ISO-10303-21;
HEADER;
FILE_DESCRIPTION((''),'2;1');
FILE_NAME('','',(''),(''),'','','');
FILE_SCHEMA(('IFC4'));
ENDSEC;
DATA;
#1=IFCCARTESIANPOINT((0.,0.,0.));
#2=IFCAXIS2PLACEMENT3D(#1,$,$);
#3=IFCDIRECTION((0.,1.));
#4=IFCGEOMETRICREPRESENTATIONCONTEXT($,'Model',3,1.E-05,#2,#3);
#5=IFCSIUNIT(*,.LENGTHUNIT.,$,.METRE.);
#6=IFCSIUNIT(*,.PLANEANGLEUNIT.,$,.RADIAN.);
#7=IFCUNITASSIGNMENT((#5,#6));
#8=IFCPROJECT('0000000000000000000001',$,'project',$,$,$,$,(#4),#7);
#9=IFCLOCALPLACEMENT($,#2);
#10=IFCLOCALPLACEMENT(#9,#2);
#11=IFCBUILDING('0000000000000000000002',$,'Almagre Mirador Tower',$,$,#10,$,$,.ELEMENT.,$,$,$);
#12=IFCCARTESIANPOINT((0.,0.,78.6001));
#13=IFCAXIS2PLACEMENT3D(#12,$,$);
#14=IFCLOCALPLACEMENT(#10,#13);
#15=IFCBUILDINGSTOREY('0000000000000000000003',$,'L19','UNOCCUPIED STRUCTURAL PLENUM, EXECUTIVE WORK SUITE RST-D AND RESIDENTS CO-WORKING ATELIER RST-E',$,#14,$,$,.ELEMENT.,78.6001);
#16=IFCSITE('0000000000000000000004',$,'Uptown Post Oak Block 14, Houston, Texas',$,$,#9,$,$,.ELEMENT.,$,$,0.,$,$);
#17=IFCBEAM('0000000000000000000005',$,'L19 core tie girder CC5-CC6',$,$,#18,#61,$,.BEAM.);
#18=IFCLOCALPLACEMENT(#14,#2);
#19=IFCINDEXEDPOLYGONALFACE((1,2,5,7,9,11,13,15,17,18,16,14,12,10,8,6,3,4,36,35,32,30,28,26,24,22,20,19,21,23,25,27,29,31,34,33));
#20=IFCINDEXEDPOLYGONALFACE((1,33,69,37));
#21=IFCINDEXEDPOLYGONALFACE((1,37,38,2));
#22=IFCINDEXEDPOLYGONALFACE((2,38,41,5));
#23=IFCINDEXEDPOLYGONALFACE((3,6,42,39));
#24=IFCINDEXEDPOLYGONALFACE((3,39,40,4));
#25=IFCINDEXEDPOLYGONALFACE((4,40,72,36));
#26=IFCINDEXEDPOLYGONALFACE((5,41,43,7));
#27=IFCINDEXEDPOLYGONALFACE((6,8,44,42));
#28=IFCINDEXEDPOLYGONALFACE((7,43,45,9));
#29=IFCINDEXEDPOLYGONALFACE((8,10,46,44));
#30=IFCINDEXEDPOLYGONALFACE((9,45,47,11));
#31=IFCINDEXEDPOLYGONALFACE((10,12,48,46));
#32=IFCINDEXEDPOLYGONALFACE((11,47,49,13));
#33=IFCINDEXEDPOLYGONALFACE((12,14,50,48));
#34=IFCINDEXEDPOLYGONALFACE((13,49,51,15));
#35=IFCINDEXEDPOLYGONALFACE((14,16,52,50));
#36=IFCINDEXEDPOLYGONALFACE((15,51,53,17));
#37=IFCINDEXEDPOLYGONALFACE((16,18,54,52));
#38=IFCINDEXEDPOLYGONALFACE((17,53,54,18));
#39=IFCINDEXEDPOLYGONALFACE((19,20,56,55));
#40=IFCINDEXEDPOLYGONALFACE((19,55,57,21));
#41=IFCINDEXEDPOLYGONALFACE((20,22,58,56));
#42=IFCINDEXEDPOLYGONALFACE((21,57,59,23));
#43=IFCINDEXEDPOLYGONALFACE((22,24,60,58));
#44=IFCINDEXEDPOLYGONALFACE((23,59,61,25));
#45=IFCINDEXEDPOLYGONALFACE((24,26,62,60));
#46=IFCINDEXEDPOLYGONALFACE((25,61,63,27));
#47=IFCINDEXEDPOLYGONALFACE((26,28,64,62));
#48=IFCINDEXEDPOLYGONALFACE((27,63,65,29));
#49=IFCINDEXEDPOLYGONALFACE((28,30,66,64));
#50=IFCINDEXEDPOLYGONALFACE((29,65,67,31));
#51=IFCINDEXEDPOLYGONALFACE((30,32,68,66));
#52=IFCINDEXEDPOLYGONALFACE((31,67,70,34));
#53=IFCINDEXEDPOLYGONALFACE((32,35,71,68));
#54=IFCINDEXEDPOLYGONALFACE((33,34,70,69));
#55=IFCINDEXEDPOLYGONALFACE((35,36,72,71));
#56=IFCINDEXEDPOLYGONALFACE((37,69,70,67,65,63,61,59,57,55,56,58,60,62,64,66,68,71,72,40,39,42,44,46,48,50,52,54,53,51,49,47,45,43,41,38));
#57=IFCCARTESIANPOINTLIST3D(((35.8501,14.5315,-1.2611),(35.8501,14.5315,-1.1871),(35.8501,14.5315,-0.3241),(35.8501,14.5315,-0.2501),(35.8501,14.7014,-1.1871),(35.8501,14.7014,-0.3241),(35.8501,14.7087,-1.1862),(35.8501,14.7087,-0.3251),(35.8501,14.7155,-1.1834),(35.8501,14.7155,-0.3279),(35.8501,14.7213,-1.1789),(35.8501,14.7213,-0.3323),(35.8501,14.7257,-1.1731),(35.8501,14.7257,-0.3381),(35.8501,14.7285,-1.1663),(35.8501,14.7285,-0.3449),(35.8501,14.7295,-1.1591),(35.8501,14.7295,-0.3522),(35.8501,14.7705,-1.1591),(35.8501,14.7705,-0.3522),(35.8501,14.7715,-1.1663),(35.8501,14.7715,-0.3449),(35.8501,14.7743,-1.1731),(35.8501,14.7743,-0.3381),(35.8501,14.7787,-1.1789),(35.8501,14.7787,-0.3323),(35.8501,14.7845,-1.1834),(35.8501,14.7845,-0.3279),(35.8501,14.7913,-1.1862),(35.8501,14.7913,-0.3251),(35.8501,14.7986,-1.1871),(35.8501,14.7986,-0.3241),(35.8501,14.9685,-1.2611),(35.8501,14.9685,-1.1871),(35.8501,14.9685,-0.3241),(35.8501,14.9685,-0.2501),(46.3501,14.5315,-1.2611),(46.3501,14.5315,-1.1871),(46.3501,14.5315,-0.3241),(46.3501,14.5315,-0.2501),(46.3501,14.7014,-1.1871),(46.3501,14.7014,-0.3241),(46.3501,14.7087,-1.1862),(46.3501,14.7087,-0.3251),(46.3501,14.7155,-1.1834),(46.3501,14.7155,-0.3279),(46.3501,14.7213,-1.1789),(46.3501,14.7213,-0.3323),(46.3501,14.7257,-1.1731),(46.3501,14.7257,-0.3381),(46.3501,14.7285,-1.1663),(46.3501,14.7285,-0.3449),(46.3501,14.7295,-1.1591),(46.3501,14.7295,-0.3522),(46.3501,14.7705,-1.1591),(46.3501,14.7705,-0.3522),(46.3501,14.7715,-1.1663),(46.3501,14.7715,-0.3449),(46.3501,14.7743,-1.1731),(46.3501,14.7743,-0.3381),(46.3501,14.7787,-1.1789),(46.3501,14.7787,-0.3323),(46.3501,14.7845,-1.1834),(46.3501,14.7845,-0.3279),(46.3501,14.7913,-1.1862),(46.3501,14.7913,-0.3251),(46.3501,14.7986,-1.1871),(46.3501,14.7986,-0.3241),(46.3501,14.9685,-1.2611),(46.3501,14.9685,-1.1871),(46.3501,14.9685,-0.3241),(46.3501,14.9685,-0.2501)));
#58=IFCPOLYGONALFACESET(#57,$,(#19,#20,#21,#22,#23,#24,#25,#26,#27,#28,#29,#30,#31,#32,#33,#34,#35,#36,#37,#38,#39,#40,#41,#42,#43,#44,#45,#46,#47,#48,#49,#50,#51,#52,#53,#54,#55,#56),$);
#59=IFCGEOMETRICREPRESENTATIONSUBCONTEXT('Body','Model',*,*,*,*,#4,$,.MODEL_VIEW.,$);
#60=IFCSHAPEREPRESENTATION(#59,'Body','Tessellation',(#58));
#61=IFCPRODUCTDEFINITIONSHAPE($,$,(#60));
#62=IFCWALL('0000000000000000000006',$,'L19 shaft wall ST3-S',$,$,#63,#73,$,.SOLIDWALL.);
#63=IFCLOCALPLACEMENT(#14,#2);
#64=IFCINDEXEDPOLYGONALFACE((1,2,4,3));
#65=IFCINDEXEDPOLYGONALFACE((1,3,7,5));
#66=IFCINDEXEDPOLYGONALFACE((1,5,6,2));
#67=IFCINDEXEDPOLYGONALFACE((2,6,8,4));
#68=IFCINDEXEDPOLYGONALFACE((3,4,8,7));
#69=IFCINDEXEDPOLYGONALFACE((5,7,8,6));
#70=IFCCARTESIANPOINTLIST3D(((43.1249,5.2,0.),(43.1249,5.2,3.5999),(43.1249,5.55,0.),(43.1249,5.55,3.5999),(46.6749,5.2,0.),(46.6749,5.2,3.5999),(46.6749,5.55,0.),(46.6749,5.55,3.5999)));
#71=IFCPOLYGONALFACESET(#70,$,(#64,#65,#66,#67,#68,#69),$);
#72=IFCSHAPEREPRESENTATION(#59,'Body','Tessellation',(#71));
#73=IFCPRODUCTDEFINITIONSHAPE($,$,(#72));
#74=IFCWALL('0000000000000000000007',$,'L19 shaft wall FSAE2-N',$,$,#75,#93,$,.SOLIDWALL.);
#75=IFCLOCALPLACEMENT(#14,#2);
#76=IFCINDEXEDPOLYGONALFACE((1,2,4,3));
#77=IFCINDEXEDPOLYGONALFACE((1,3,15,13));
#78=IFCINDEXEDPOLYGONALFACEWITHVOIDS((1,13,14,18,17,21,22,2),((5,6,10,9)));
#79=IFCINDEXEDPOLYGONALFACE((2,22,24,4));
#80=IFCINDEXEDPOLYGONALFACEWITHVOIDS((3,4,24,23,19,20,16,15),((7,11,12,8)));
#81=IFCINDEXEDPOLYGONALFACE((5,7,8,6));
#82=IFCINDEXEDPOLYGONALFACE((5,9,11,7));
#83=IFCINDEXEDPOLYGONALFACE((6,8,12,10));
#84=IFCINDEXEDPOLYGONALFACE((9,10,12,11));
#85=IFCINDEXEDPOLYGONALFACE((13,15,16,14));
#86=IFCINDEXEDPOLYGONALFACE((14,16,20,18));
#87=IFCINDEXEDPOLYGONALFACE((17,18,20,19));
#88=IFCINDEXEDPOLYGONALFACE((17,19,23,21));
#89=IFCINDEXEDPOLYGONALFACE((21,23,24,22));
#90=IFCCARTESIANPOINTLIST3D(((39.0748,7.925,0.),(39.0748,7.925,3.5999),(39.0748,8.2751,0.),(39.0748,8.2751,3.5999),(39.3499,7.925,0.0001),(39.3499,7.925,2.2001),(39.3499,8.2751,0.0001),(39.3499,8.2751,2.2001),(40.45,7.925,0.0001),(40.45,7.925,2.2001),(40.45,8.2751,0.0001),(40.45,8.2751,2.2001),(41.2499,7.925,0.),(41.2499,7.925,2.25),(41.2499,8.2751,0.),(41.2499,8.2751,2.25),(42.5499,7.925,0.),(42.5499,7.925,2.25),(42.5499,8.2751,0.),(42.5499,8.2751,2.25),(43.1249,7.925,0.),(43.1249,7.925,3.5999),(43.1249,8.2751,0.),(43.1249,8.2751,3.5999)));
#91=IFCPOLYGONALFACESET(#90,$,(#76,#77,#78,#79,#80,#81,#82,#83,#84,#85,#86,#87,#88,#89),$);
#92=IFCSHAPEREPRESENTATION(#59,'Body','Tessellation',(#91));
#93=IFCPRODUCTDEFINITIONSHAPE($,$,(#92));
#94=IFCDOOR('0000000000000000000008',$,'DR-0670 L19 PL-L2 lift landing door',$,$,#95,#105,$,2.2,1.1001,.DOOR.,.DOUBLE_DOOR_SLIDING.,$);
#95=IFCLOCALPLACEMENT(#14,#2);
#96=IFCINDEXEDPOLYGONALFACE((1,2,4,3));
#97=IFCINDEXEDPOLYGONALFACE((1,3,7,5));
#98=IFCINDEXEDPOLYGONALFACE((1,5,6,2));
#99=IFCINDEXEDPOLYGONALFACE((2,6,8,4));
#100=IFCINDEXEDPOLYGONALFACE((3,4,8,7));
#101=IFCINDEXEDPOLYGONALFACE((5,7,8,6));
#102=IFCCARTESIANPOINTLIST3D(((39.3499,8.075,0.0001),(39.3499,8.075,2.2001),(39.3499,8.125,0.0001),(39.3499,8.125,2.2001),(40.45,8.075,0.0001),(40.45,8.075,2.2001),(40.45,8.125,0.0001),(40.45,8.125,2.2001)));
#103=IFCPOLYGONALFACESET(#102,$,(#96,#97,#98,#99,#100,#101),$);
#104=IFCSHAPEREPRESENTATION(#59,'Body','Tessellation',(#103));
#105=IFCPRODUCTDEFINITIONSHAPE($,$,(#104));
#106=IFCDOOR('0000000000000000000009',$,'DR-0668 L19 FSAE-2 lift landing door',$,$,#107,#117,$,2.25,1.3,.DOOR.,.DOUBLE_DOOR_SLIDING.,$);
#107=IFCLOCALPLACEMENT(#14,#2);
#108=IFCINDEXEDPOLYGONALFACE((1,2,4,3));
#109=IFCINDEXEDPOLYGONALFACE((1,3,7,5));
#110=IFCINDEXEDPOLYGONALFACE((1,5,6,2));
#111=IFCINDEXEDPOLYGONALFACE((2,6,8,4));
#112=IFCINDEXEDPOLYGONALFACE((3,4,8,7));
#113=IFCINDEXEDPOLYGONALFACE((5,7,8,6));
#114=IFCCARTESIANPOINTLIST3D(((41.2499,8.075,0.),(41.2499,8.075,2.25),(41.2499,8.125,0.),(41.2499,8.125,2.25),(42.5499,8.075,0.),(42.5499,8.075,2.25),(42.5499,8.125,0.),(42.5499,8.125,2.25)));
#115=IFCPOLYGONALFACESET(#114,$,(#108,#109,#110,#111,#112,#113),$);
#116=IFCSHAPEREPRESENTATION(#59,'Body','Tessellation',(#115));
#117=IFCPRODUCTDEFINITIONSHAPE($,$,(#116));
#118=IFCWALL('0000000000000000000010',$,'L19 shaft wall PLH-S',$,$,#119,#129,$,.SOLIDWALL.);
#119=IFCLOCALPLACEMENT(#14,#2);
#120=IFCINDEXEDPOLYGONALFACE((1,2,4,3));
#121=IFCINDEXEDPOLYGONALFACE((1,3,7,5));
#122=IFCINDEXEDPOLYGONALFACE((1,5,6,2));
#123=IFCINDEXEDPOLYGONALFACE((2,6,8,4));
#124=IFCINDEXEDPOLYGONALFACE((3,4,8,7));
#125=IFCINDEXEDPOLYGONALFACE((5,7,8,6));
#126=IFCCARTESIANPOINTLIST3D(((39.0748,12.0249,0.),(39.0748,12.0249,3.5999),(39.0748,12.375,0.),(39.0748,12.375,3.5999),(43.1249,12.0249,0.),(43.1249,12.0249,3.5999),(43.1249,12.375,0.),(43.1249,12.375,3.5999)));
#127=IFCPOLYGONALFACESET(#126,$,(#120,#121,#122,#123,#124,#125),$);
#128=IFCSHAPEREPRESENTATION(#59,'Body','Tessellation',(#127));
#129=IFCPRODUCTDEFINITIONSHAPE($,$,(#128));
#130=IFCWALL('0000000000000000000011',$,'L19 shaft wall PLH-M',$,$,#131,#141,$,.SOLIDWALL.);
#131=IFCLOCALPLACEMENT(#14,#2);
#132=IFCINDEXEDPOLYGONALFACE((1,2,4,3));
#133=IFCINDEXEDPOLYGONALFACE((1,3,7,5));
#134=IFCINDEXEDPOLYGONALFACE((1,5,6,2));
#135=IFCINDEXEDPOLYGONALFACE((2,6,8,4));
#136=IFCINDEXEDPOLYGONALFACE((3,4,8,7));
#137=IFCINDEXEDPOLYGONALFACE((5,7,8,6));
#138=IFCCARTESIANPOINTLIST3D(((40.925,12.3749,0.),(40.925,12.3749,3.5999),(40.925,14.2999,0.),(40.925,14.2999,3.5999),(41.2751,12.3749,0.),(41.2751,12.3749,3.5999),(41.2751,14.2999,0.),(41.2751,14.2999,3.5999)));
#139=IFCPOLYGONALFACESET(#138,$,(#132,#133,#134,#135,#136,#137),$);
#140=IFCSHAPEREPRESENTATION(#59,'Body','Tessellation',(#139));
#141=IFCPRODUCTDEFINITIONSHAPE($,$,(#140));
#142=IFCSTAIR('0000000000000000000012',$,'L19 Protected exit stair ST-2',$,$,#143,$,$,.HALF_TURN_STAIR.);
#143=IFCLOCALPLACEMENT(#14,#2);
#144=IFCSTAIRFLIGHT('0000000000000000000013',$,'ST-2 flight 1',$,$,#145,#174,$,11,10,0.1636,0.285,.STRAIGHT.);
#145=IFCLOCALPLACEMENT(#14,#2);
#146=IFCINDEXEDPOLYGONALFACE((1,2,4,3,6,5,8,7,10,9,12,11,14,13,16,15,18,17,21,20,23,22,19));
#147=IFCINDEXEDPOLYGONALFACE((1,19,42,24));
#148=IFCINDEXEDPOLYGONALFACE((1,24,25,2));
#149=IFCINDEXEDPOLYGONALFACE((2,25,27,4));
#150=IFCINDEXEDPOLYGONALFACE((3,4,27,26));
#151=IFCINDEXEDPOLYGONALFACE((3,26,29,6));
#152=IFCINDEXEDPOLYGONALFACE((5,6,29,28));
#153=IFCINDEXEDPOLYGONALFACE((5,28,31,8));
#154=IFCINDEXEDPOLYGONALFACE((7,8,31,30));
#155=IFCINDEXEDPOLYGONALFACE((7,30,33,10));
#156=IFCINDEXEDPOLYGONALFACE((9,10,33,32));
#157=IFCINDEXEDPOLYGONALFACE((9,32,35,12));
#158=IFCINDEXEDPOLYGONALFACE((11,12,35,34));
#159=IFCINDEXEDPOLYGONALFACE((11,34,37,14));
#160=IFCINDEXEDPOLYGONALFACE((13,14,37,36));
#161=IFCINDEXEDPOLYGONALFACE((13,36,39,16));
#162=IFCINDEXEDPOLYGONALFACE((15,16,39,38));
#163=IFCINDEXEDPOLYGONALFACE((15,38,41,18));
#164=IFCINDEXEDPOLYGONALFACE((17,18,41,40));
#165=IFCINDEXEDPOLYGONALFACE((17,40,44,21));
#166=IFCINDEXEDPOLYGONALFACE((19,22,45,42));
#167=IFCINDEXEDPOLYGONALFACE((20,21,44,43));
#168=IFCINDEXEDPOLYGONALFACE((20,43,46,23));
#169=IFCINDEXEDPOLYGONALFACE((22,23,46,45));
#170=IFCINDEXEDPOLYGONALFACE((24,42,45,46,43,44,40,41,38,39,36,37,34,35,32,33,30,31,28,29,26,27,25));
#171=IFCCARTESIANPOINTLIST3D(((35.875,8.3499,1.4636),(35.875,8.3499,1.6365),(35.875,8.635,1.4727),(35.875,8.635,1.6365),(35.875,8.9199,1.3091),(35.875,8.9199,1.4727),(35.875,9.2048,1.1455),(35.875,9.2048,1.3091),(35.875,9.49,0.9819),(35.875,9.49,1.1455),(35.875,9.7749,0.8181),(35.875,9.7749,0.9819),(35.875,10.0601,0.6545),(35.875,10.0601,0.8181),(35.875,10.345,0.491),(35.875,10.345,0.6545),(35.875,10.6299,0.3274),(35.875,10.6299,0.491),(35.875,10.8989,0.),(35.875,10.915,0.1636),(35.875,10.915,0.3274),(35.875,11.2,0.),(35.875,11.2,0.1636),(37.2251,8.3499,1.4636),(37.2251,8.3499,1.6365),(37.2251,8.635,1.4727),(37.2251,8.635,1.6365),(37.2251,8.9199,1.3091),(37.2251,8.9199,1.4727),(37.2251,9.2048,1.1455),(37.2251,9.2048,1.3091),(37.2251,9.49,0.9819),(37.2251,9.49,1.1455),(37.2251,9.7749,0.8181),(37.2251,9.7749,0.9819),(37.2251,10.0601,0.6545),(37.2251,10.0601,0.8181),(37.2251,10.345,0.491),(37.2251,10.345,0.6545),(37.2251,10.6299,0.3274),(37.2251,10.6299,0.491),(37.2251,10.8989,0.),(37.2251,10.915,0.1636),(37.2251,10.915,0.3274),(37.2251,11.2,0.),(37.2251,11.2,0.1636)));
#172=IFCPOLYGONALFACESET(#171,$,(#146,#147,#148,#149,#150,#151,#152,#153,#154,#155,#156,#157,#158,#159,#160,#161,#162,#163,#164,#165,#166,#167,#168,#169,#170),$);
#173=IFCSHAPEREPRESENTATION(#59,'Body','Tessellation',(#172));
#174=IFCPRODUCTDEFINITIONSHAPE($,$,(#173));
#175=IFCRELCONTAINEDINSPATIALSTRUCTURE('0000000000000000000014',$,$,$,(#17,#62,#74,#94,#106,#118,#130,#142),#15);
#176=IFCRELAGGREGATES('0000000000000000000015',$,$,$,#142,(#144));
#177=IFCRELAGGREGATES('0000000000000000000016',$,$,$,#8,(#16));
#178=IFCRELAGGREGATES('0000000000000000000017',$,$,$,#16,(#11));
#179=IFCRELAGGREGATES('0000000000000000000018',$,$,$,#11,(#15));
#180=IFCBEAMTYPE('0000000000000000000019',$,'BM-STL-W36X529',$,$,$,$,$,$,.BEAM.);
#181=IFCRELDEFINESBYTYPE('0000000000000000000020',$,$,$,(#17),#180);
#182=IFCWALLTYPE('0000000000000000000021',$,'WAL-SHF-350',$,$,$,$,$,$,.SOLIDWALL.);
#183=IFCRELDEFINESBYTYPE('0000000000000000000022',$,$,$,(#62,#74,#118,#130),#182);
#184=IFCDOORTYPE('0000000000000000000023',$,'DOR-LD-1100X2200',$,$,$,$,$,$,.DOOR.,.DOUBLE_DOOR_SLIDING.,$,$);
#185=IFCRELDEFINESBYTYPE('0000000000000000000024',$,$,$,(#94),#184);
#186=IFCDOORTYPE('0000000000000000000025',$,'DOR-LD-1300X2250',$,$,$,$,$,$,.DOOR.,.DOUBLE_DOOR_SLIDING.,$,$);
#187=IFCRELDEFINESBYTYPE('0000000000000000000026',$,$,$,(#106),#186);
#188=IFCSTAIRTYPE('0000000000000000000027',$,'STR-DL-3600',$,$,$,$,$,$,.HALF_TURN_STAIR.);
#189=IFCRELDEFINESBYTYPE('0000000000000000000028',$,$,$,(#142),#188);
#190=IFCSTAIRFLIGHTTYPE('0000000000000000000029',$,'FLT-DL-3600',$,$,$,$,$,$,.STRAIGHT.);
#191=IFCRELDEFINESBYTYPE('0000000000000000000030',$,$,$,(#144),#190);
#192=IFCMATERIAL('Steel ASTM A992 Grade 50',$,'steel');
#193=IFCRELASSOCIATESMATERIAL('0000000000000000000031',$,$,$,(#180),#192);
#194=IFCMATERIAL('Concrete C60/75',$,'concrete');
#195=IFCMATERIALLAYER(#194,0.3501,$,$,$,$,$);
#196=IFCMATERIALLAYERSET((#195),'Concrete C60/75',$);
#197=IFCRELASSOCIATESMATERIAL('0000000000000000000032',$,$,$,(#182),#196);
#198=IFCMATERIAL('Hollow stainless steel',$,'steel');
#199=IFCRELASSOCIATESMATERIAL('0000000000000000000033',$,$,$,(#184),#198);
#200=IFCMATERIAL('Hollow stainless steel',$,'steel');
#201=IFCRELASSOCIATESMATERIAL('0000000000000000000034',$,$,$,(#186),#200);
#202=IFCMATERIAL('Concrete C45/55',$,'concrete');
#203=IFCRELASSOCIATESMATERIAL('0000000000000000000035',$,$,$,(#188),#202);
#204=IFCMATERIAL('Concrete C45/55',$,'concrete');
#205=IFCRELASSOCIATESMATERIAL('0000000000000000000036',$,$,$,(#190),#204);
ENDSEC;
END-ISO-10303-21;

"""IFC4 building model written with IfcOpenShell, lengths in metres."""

from ifc_helpers import new_model, si_unit, direction, frame, frame_2d, origin, origin_2d, place, context, subcontext, project, spatial, polyline, rectangle, i_section, outline, extrude, material, layer, layer_set, material_profile, profile_set, type_object, element, fill, aggregate, save


model = new_model("IFC4")

# Units and contexts
model_context = context("Model", 3, precision=1e-05, world=origin(), true_north=direction((0.0, 1.0)))
body_context = subcontext(model_context, "Body", "Model", "MODEL_VIEW")
ifc_project = project(units=[si_unit("LENGTHUNIT", "METRE"), si_unit("PLANEANGLEUNIT", "RADIAN")], contexts=[model_context])

# Site, building, storey
site_placement = place(None, origin())
site = spatial("IfcSite", under=ifc_project, at=site_placement, Name="Uptown Post Oak Block 14, Houston, Texas", CompositionType="ELEMENT", RefElevation=0.0)
building_placement = place(site_placement, origin())
building = spatial("IfcBuilding", under=site, at=building_placement, Name="Almagre Mirador Tower", CompositionType="ELEMENT")
storey_placement = place(building_placement, frame((0.0, 0.0, 78.6001)))
storey = spatial("IfcBuildingStorey", under=building, at=storey_placement, Name="L19", Description="UNOCCUPIED STRUCTURAL PLENUM, EXECUTIVE WORK SUITE RST-D AND RESIDENTS CO-WORKING ATELIER RST-E", CompositionType="ELEMENT", Elevation=78.6001)

# Beam
ifc_material_1 = material(Name="Steel ASTM A992 Grade 50", Category="steel")
ifc_material_profile = material_profile(ifc_material_1, i_section(OverallWidth=0.437, OverallDepth=1.011, WebThickness=0.041, FlangeThickness=0.074, FilletRadius=0.0281, at=origin_2d()), Name="W36X529")
ifc_profile_set = profile_set([ifc_material_profile], Name="Steel ASTM A992 Grade 50")
beam_type = type_object("IfcBeamType", Name="BM-STL-W36X529", PredefinedType="BEAM", material=ifc_profile_set)
beam_placement = place(storey_placement, frame((35.8501, 14.75, -0.7556), z_axis=(1.0, 0.0, 0.0), x_axis=(0.0, 1.0, 0.0)))
element("IfcBeam", 1, at=beam_placement, inside=storey, type_object=beam_type, Name="L19 core tie girder CC5-CC6", PredefinedType="BEAM", context=body_context, shape_type="SweptSolid", body=[
    extrude(i_section(OverallWidth=0.437, OverallDepth=1.011, WebThickness=0.041, FlangeThickness=0.074, FilletRadius=0.0281, at=origin_2d()), origin(), (0.0, 0.0, 1.0), 10.5),
])

# Wall
ifc_material_2 = material(Name="Concrete C60/75", Category="concrete")
ifc_layer_1 = layer(ifc_material_2, 0.3501)
ifc_layer_set_1 = layer_set([ifc_layer_1], Name="Concrete C60/75")
wall_type_1 = type_object("IfcWallType", Name="WAL-SHF-350", PredefinedType="SOLIDWALL", material=ifc_layer_set_1)
wall_1_placement = place(storey_placement, frame((43.125, 5.375, 0.0), z_axis=(0.0, 0.0, 1.0), x_axis=(1.0, 0.0, 0.0)))
element("IfcWall", 2, at=wall_1_placement, inside=storey, type_object=wall_type_1, Name="L19 shaft wall ST3-S", PredefinedType="SOLIDWALL", context=body_context, shape_type="SweptSolid", body=[
    extrude(rectangle(XDim=3.55, YDim=0.3501, at=frame_2d((1.7749, 0.0))), origin(), (0.0, 0.0, 1.0), 3.5999),
])

# Wall, openings, doors
wall_2_placement = place(storey_placement, frame((39.075, 8.1001, 0.0), z_axis=(0.0, 0.0, 1.0), x_axis=(1.0, 0.0, 0.0)))
wall_2 = element("IfcWall", 3, at=wall_2_placement, inside=storey, type_object=wall_type_1, Name="L19 shaft wall FSAE2-N", PredefinedType="SOLIDWALL", context=body_context, shape_type="SweptSolid", body=[
    extrude(rectangle(XDim=4.05, YDim=0.3501, at=frame_2d((2.0249, 0.0))), origin(), (0.0, 0.0, 1.0), 3.5999),
])
opening_1_placement = place(wall_2_placement, frame((2.175, 0.0, 0.0)))
opening_1 = element("IfcOpeningElement", 4, at=opening_1_placement, cuts=wall_2, PredefinedType="OPENING", context=body_context, shape_type="SweptSolid", body=[
    extrude(rectangle(XDim=1.3, YDim=2.25, at=frame_2d((0.6499, 1.125))), frame((0.0, 0.185, 0.0), z_axis=(0.0, -1.0, 0.0), x_axis=(1.0, 0.0, 0.0)), (0.0, 0.0, 1.0), 0.3701),
])
opening_2_placement = place(wall_2_placement, frame((0.2749, 0.0, 0.0)))
opening_2 = element("IfcOpeningElement", 5, at=opening_2_placement, cuts=wall_2, PredefinedType="OPENING", context=body_context, shape_type="SweptSolid", body=[
    extrude(rectangle(XDim=1.1001, YDim=2.2, at=frame_2d((0.55, 1.1001))), frame((0.0, 0.185, 0.0), z_axis=(0.0, -1.0, 0.0), x_axis=(1.0, 0.0, 0.0)), (0.0, 0.0, 1.0), 0.3701),
])
ifc_material_3 = material(Name="Hollow stainless steel", Category="steel")
door_type_1 = type_object("IfcDoorType", Name="DOR-LD-1100X2200", OperationType="DOUBLE_DOOR_SLIDING", PredefinedType="DOOR", material=ifc_material_3)
door_1_placement = place(opening_2_placement, origin())
door_1 = element("IfcDoor", 6, at=door_1_placement, inside=storey, type_object=door_type_1, Name="DR-0670 L19 PL-L2 lift landing door", OperationType="DOUBLE_DOOR_SLIDING", OverallHeight=2.2, OverallWidth=1.1001, PredefinedType="DOOR", context=body_context, shape_type="SweptSolid", body=[
    extrude(rectangle(XDim=1.1001, YDim=2.2, at=frame_2d((0.55, 1.1001))), frame((0.0, 0.0249, 0.0), z_axis=(0.0, -1.0, 0.0), x_axis=(1.0, 0.0, 0.0)), (0.0, 0.0, 1.0), 0.05),
])
fill(opening_2, door_1)
ifc_material_4 = material(Name="Hollow stainless steel", Category="steel")
door_type_2 = type_object("IfcDoorType", Name="DOR-LD-1300X2250", OperationType="DOUBLE_DOOR_SLIDING", PredefinedType="DOOR", material=ifc_material_4)
door_2_placement = place(opening_1_placement, origin())
door_2 = element("IfcDoor", 7, at=door_2_placement, inside=storey, type_object=door_type_2, Name="DR-0668 L19 FSAE-2 lift landing door", OperationType="DOUBLE_DOOR_SLIDING", OverallHeight=2.25, OverallWidth=1.3, PredefinedType="DOOR", context=body_context, shape_type="SweptSolid", body=[
    extrude(rectangle(XDim=1.3, YDim=2.25, at=frame_2d((0.6499, 1.125))), frame((0.0, 0.0249, 0.0), z_axis=(0.0, -1.0, 0.0), x_axis=(1.0, 0.0, 0.0)), (0.0, 0.0, 1.0), 0.05),
])
fill(opening_1, door_2)

# Walls
wall_3_placement = place(storey_placement, frame((39.075, 12.2, 0.0), z_axis=(0.0, 0.0, 1.0), x_axis=(1.0, 0.0, 0.0)))
element("IfcWall", 8, at=wall_3_placement, inside=storey, type_object=wall_type_1, Name="L19 shaft wall PLH-S", PredefinedType="SOLIDWALL", context=body_context, shape_type="SweptSolid", body=[
    extrude(rectangle(XDim=4.05, YDim=0.3501, at=frame_2d((2.0249, 0.0))), origin(), (0.0, 0.0, 1.0), 3.5999),
])
wall_4_placement = place(storey_placement, frame((41.1001, 12.375, 0.0), z_axis=(0.0, 0.0, 1.0), x_axis=(0.0, 1.0, 0.0)))
element("IfcWall", 9, at=wall_4_placement, inside=storey, type_object=wall_type_1, Name="L19 shaft wall PLH-M", PredefinedType="SOLIDWALL", context=body_context, shape_type="SweptSolid", body=[
    extrude(rectangle(XDim=1.925, YDim=0.3501, at=frame_2d((0.9624, 0.0))), origin(), (0.0, 0.0, 1.0), 3.5999),
])

# Stair, stair flight
ifc_material_5 = material(Name="Concrete C45/55", Category="concrete")
stair_type = type_object("IfcStairType", Name="STR-DL-3600", PredefinedType="HALF_TURN_STAIR", material=ifc_material_5)
stair_1_placement = place(storey_placement, origin())
stair_1 = element("IfcStair", 10, at=stair_1_placement, inside=storey, type_object=stair_type, Name="L19 Protected exit stair ST-2", PredefinedType="HALF_TURN_STAIR")
ifc_material_6 = material(Name="Concrete C45/55", Category="concrete")
stair_flight_type = type_object("IfcStairFlightType", Name="FLT-DL-3600", PredefinedType="STRAIGHT", material=ifc_material_6)
stair_flight_1_placement = place(storey_placement, frame((36.55, 11.2, 0.0), z_axis=(0.0, 0.0, 1.0), x_axis=(0.0, -1.0, 0.0)))
stair_flight_1 = element("IfcStairFlight", 11, at=stair_flight_1_placement, type_object=stair_flight_type, Name="ST-2 flight 1", NumberOfRisers=11, NumberOfTreads=10, PredefinedType="STRAIGHT", RiserHeight=0.1636, TreadLength=0.285, context=body_context, shape_type="SweptSolid", body=[
    extrude(outline(polyline([(0.0, 0.0), (0.0, 0.1636), (0.2849, 0.1636), (0.2849, 0.3274), (0.5701, 0.3274), (0.5701, 0.491), (0.855, 0.491), (0.855, 0.6545), (1.1399, 0.6545), (1.1399, 0.8181), (1.425, 0.8181), (1.425, 0.9819), (1.71, 0.9819), (1.71, 1.1455), (1.9951, 1.1455), (1.9951, 1.3091), (2.28, 1.3091), (2.28, 1.4727), (2.5649, 1.4727), (2.5649, 1.6365), (2.8501, 1.6365), (2.8501, 1.8), (2.8501, 1.4636), (0.301, 0.0), (0.0, 0.0)])), frame((0.0, 0.675, 0.0), z_axis=(0.0, -1.0, 0.0), x_axis=(1.0, 0.0, 0.0)), (0.0, 0.0, 1.0), 1.3501),
])
aggregate(stair_1, [stair_flight_1])

save(model, "model.ifc")
